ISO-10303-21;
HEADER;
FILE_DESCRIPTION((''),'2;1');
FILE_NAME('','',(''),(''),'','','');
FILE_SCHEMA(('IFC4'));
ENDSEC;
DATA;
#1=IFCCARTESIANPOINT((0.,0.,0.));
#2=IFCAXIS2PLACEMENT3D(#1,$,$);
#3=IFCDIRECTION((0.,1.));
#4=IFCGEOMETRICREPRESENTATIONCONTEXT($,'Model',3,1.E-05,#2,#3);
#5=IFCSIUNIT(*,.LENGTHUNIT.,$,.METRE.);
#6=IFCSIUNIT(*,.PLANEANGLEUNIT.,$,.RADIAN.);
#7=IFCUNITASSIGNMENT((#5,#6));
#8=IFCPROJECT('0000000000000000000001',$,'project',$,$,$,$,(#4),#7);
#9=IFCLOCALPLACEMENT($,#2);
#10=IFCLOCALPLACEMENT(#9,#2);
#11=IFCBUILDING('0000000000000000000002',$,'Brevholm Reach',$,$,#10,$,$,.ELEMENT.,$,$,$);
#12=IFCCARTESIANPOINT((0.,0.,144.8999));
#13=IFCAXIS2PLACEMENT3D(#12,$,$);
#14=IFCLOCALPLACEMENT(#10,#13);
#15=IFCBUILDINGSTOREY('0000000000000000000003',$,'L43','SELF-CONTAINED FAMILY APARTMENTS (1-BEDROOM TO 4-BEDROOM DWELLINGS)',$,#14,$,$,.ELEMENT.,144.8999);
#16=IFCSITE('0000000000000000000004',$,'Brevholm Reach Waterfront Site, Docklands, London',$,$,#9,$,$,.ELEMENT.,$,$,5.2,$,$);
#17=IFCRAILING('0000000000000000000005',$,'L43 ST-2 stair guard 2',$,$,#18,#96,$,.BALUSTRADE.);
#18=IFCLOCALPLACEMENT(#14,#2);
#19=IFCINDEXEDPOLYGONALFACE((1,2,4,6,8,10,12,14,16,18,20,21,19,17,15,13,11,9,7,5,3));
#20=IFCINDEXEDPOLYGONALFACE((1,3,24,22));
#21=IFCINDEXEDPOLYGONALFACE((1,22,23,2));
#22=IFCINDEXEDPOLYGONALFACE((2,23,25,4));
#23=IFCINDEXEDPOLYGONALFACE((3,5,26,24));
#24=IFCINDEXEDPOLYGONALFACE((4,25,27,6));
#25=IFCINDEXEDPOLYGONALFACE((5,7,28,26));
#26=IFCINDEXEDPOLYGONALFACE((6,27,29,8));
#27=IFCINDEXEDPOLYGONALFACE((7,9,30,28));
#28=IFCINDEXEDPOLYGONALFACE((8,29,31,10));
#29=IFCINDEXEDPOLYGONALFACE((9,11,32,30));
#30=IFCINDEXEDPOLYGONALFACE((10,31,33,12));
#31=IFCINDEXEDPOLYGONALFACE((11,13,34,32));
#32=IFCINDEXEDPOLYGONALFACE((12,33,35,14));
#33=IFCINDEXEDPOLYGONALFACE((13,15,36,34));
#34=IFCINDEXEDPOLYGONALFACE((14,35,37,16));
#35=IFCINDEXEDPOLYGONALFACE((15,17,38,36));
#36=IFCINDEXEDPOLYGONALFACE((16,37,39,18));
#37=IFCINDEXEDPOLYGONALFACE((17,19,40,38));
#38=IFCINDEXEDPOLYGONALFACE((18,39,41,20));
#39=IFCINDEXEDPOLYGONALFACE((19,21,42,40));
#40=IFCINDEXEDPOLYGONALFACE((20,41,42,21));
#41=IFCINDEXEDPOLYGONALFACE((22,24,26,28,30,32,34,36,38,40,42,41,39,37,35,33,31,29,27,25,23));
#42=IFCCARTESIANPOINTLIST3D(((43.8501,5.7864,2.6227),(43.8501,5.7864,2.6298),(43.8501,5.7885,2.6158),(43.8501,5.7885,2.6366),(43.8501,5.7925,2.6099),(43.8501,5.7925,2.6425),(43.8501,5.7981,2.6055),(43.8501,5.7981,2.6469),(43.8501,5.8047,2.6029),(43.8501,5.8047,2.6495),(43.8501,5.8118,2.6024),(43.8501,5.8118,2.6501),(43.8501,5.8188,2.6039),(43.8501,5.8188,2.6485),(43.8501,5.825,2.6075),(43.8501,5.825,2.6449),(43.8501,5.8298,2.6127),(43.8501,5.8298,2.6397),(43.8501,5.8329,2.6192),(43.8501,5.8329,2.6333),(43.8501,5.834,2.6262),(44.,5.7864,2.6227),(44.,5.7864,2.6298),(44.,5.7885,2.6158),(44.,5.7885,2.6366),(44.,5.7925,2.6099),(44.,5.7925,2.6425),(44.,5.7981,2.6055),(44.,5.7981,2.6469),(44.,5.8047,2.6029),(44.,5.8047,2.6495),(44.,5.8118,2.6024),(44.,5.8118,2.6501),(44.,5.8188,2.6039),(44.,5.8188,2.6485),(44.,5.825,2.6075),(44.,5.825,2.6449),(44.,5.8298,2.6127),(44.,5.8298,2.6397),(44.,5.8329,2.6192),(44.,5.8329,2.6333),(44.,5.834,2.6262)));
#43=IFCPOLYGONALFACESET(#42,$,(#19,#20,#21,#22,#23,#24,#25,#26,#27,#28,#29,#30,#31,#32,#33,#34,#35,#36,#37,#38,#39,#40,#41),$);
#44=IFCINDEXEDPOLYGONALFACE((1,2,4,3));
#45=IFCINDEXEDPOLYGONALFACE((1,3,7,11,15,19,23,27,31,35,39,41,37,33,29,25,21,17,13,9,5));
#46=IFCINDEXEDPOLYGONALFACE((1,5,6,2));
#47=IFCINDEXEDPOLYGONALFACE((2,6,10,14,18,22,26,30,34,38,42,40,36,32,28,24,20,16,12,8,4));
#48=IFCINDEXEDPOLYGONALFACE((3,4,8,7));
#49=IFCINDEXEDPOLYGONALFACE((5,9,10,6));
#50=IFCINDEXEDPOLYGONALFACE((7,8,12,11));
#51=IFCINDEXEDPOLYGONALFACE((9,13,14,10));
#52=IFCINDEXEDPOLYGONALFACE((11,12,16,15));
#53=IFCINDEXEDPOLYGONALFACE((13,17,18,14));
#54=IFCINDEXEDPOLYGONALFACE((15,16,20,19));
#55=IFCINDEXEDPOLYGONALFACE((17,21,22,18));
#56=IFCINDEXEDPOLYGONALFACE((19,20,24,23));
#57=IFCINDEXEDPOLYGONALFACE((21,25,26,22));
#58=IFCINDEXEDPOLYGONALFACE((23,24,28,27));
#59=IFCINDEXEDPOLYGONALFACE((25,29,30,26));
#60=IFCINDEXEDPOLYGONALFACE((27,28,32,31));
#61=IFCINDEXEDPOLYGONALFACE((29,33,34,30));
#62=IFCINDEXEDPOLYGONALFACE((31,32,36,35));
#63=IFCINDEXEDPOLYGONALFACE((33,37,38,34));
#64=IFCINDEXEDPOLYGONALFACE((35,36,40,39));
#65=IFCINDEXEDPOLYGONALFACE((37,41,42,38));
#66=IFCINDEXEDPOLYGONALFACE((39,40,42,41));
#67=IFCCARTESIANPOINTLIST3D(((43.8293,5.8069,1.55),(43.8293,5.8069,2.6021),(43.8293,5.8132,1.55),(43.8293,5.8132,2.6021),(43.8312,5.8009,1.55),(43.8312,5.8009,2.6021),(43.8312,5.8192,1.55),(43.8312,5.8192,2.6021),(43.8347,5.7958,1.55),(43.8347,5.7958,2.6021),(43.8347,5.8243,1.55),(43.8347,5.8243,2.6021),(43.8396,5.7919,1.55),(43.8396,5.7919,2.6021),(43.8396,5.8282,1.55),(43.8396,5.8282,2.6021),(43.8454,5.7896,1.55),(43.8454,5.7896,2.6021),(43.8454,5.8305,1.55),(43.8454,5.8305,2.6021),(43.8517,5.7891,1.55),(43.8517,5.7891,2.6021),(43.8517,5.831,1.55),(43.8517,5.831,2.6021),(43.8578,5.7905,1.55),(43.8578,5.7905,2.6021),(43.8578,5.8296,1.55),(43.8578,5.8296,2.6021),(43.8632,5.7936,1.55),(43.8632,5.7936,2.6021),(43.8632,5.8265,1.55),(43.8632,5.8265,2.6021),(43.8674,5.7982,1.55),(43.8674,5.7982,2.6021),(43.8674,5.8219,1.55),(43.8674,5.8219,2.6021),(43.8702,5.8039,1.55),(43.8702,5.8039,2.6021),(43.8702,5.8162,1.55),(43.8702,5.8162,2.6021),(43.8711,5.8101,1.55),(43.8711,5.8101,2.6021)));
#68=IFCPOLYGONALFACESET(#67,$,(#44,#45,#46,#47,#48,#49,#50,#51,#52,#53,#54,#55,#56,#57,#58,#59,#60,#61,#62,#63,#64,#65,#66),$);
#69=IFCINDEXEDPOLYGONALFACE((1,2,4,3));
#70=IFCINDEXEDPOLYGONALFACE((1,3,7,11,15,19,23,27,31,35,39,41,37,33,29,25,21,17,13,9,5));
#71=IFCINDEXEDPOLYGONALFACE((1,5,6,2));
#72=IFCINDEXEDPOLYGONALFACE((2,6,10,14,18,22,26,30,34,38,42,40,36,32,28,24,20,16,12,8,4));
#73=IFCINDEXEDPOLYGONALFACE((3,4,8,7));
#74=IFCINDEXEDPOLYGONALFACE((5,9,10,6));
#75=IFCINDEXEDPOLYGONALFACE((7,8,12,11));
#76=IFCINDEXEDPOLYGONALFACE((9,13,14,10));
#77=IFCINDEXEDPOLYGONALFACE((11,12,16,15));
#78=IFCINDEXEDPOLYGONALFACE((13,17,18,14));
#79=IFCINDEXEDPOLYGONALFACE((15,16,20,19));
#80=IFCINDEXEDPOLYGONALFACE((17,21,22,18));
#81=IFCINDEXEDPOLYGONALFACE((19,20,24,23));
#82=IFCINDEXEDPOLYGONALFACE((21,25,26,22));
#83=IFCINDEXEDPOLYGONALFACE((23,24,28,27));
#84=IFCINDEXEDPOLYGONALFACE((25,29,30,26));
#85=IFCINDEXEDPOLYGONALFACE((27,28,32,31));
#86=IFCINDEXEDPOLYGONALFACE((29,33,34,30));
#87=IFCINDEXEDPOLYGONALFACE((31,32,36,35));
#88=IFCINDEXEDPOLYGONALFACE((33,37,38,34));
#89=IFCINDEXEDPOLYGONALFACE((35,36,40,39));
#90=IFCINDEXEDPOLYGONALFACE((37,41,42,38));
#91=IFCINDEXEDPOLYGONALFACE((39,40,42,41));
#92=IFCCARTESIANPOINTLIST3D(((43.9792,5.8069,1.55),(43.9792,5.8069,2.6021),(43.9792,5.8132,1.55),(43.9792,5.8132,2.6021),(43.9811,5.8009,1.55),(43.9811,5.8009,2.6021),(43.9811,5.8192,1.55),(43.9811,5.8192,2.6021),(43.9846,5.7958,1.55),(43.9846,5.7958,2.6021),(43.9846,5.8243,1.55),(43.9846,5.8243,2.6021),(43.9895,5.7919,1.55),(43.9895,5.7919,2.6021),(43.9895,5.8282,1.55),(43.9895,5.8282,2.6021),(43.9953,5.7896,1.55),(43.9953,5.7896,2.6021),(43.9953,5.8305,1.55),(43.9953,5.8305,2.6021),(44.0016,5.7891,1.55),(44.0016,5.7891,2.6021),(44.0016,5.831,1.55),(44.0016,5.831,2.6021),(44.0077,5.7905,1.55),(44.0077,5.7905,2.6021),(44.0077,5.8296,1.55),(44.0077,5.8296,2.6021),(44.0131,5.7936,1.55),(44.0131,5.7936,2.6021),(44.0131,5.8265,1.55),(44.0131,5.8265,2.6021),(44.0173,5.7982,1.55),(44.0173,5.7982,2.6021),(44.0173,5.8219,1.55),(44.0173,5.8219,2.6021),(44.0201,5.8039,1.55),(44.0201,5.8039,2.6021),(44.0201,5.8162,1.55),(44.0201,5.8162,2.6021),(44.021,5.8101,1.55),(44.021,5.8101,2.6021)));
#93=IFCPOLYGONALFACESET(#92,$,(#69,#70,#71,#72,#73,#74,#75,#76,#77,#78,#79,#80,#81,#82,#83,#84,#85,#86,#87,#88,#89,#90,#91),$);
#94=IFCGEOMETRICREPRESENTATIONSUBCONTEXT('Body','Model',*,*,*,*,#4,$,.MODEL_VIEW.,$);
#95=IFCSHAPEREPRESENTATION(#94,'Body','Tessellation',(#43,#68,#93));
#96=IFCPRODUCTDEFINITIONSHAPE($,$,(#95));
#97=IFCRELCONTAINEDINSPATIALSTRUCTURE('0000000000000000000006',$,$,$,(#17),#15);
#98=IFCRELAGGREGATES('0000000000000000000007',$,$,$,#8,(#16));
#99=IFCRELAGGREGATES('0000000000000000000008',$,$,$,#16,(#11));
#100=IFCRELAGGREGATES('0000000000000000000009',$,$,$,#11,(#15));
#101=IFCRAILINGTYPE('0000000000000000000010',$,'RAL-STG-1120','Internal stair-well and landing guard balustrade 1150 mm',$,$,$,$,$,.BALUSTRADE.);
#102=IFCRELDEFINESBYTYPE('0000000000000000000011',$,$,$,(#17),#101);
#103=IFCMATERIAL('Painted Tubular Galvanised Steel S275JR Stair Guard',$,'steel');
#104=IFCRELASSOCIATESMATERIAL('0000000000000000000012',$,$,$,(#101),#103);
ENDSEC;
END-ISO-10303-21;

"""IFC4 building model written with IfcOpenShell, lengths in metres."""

from ifc_helpers import new_model, si_unit, direction, frame, origin, origin_2d, place, context, subcontext, project, spatial, circle, extrude, material, type_object, element, save


model = new_model("IFC4")

# Units and contexts
model_context = context("Model", 3, precision=1e-05, world=origin(), true_north=direction((0.0, 1.0)))
body_context = subcontext(model_context, "Body", "Model", "MODEL_VIEW")
ifc_project = project(units=[si_unit("LENGTHUNIT", "METRE"), si_unit("PLANEANGLEUNIT", "RADIAN")], contexts=[model_context])

# Site, building, storey
site_placement = place(None, origin())
site = spatial("IfcSite", under=ifc_project, at=site_placement, Name="Brevholm Reach Waterfront Site, Docklands, London", CompositionType="ELEMENT", RefElevation=5.2)
building_placement = place(site_placement, origin())
building = spatial("IfcBuilding", under=site, at=building_placement, Name="Brevholm Reach", CompositionType="ELEMENT")
storey_placement = place(building_placement, frame((0.0, 0.0, 144.8999)))
storey = spatial("IfcBuildingStorey", under=building, at=storey_placement, Name="L43", Description="SELF-CONTAINED FAMILY APARTMENTS (1-BEDROOM TO 4-BEDROOM DWELLINGS)", CompositionType="ELEMENT", Elevation=144.8999)

# Railing
ifc_material_1 = material(Name="Painted Tubular Galvanised Steel S275JR Stair Guard", Category="steel")
railing_type_1 = type_object("IfcRailingType", Name="RAL-STG-1120", Description="Internal stair-well and landing guard balustrade 1150 mm", PredefinedType="BALUSTRADE", material=ifc_material_1)
railing_1_placement = place(storey_placement, frame((43.8501, 5.8101, 1.55)))
element("IfcRailing", 1, at=railing_1_placement, inside=storey, type_object=railing_type_1, Name="L43 ST-2 stair guard 2", PredefinedType="BALUSTRADE", context=body_context, shape_type="SweptSolid", body=[
    extrude(circle(Radius=0.0239, at=origin_2d()), frame((0.0, 0.0, 1.0762), z_axis=(1.0, 0.0, 0.0), x_axis=(0.0, 1.0, 0.0)), (0.0, 0.0, 1.0), 0.1499),
    extrude(circle(Radius=0.021, at=origin_2d()), origin(), (0.0, 0.0, 1.0), 1.052),
    extrude(circle(Radius=0.021, at=origin_2d()), frame((0.1499, 0.0, 0.0)), (0.0, 0.0, 1.0), 1.052),
])

save(model, "model.ifc")
